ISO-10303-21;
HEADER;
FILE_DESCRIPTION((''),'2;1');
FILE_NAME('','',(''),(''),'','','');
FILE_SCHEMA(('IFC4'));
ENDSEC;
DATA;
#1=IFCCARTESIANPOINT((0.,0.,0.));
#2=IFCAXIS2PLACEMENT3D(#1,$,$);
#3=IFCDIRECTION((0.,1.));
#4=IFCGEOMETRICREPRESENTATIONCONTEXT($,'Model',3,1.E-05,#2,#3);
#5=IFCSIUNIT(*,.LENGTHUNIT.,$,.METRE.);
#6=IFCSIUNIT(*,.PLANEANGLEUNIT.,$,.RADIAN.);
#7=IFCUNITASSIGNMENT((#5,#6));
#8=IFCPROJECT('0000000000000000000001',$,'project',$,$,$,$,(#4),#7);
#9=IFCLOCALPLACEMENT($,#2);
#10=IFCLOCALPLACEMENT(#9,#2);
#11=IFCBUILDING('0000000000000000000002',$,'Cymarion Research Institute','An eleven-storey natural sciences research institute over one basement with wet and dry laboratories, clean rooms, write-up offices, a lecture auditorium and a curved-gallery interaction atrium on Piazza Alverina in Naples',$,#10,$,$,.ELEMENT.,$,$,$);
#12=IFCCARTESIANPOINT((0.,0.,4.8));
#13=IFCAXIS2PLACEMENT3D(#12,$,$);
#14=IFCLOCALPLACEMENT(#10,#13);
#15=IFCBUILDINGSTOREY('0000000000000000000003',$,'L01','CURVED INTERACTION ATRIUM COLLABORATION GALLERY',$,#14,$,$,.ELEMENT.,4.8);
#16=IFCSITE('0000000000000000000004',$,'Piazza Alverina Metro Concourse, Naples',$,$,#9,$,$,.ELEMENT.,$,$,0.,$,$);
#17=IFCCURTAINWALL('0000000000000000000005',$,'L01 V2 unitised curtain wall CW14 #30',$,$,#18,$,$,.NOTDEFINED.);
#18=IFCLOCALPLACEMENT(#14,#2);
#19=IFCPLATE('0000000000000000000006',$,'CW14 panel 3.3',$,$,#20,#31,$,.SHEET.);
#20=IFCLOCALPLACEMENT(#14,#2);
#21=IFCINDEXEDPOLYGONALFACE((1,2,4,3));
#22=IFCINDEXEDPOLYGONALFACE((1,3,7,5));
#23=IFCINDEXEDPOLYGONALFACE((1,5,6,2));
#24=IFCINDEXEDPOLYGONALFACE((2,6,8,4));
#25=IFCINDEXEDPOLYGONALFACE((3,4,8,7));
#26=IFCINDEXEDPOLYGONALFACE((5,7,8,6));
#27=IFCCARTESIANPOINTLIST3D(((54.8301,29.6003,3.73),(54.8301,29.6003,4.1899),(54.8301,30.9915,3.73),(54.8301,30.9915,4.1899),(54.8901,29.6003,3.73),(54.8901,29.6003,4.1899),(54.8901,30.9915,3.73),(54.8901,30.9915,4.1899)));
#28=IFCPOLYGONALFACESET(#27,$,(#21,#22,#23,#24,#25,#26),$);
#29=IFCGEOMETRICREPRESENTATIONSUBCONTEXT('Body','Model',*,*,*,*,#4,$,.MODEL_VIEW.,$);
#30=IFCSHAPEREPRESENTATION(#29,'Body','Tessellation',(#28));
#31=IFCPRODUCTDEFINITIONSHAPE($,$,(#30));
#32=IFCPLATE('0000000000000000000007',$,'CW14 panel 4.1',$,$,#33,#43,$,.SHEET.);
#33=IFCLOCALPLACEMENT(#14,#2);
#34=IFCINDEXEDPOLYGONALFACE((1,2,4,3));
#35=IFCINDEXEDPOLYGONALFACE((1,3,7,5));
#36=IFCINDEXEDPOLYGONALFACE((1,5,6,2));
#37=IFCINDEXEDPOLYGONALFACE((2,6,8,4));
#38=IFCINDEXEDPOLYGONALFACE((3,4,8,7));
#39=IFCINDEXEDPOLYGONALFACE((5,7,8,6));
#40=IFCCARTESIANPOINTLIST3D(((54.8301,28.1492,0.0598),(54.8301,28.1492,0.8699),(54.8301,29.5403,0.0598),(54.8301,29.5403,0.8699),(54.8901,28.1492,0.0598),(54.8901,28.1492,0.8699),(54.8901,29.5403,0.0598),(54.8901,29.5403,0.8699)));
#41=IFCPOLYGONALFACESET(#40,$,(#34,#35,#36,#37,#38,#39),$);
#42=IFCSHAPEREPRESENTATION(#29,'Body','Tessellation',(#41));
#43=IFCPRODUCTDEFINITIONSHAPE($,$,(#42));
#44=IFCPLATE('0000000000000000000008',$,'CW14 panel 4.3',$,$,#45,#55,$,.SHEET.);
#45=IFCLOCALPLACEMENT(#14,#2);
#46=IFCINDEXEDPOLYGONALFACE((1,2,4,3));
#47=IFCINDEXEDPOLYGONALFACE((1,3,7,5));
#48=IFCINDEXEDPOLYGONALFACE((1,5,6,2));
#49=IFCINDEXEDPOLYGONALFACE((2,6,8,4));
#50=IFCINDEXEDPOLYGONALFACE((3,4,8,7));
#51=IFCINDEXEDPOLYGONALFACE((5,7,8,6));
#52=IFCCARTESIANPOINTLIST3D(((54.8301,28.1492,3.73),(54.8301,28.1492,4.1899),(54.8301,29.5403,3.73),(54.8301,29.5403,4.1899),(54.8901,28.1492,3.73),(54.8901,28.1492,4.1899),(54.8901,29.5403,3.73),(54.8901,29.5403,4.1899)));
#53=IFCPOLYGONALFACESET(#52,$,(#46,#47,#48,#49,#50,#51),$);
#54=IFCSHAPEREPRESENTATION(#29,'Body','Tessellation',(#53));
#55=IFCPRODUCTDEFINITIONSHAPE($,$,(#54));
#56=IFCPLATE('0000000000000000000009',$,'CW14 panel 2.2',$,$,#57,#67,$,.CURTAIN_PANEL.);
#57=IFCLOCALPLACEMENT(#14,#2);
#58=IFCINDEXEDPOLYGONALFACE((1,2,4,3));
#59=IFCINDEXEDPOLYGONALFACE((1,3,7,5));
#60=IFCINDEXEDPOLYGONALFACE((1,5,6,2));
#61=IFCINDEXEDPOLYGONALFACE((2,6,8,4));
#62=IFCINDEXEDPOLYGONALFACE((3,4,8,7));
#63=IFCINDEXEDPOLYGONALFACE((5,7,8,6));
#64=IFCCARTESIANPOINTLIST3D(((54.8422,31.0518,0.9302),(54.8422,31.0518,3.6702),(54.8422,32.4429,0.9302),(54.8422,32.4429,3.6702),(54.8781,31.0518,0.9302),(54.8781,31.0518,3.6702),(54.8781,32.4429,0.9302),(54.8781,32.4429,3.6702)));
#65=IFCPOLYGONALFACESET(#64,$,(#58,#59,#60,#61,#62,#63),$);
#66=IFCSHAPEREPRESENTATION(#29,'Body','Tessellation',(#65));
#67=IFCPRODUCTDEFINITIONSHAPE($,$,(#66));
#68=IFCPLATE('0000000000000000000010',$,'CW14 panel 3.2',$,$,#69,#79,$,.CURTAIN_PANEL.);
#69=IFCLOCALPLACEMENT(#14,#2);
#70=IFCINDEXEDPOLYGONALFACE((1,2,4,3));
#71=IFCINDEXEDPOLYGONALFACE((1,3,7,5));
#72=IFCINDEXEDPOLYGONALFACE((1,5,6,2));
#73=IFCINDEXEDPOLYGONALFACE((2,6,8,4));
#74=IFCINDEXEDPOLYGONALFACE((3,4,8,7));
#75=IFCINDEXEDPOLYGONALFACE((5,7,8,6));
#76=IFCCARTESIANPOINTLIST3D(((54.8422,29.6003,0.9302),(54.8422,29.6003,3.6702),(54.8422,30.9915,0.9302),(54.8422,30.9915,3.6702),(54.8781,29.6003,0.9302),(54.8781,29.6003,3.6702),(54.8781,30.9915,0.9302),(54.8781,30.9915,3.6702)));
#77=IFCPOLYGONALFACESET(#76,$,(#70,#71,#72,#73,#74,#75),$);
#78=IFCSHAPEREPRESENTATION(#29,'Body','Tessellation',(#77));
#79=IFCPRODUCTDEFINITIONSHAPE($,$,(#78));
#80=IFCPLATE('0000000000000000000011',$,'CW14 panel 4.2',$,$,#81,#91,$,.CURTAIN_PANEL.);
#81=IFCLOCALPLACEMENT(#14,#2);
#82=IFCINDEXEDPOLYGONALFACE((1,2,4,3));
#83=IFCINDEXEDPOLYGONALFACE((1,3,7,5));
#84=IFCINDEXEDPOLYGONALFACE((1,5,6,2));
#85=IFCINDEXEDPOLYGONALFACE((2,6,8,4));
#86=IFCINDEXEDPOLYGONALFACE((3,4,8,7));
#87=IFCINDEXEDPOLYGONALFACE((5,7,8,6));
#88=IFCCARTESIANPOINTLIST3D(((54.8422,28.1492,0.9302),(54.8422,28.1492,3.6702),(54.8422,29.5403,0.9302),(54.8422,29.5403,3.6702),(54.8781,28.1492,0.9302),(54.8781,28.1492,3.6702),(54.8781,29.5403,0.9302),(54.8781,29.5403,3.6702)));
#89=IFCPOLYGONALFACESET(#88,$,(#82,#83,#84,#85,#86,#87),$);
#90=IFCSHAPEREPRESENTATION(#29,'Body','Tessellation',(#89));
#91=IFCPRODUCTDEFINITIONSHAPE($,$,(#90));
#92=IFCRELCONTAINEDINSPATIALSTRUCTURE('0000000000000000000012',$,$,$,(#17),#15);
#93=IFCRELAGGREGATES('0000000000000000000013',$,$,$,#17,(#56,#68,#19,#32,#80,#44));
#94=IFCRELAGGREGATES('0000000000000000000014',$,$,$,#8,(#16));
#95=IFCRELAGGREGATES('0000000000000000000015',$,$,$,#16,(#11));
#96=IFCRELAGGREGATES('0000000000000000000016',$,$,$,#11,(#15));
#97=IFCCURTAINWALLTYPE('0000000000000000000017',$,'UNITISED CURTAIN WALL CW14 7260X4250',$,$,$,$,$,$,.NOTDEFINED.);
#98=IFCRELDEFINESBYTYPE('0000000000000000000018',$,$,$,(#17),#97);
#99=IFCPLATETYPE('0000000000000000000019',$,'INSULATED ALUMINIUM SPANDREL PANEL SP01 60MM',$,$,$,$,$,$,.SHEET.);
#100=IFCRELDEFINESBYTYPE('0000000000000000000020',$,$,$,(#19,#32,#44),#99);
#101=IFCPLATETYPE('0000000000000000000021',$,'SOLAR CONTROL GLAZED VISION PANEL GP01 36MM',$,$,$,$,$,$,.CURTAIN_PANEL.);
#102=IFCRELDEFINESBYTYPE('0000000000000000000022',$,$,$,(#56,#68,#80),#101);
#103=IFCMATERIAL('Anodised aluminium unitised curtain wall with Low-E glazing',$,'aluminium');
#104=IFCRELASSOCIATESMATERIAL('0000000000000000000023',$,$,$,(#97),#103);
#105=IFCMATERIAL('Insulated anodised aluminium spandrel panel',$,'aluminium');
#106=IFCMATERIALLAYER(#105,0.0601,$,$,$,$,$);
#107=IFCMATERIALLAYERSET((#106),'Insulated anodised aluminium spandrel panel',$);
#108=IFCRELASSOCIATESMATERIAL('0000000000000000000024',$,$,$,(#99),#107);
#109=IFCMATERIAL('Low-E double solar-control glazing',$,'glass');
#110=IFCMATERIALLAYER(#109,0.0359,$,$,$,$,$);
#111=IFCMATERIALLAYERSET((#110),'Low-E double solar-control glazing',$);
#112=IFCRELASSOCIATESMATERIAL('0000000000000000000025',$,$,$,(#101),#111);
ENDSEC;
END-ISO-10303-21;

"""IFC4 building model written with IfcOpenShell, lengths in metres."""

from ifc_helpers import new_model, si_unit, direction, frame, origin, origin_2d, place, context, subcontext, project, spatial, rectangle, extrude, material, layer, layer_set, type_object, element, aggregate, save


model = new_model("IFC4")

# Units and contexts
model_context = context("Model", 3, precision=1e-05, world=origin(), true_north=direction((0.0, 1.0)))
body_context = subcontext(model_context, "Body", "Model", "MODEL_VIEW")
ifc_project = project(units=[si_unit("LENGTHUNIT", "METRE"), si_unit("PLANEANGLEUNIT", "RADIAN")], contexts=[model_context])

# Site, building, storey
site_placement = place(None, origin())
site = spatial("IfcSite", under=ifc_project, at=site_placement, Name="Piazza Alverina Metro Concourse, Naples", CompositionType="ELEMENT", RefElevation=0.0)
building_placement = place(site_placement, origin())
building = spatial("IfcBuilding", under=site, at=building_placement, Name="Cymarion Research Institute", Description="An eleven-storey natural sciences research institute over one basement with wet and dry laboratories, clean rooms, write-up offices, a lecture auditorium and a curved-gallery interaction atrium on Piazza Alverina in Naples", CompositionType="ELEMENT")
storey_placement = place(building_placement, frame((0.0, 0.0, 4.8)))
storey = spatial("IfcBuildingStorey", under=building, at=storey_placement, Name="L01", Description="CURVED INTERACTION ATRIUM COLLABORATION GALLERY", CompositionType="ELEMENT", Elevation=4.8)

# Curtain wall
ifc_material_1 = material(Name="Anodised aluminium unitised curtain wall with Low-E glazing", Category="aluminium")
curtain_wall_type = type_object("IfcCurtainWallType", Name="UNITISED CURTAIN WALL CW14 7260X4250", PredefinedType="NOTDEFINED", material=ifc_material_1)
curtain_wall_placement = place(storey_placement, origin())
curtain_wall = element("IfcCurtainWall", 1, at=curtain_wall_placement, inside=storey, type_object=curtain_wall_type, Name="L01 V2 unitised curtain wall CW14 #30", PredefinedType="NOTDEFINED")

# Plates
ifc_material_2 = material(Name="Insulated anodised aluminium spandrel panel", Category="aluminium")
ifc_layer_1 = layer(ifc_material_2, 0.0601)
ifc_layer_set_1 = layer_set([ifc_layer_1], Name="Insulated anodised aluminium spandrel panel")
plate_type_1 = type_object("IfcPlateType", Name="INSULATED ALUMINIUM SPANDREL PANEL SP01 60MM", PredefinedType="SHEET", material=ifc_layer_set_1)
plate_1_placement = place(storey_placement, frame((54.8601, 30.2959, 3.73), z_axis=(0.0, 0.0, 1.0), x_axis=(0.0, -1.0, 0.0)))
plate_1 = element("IfcPlate", 2, at=plate_1_placement, type_object=plate_type_1, Name="CW14 panel 3.3", PredefinedType="SHEET", context=body_context, shape_type="SweptSolid", body=[
    extrude(rectangle(XDim=1.3911, YDim=0.0601, at=origin_2d()), origin(), (0.0, 0.0, 1.0), 0.46),
])
plate_2_placement = place(storey_placement, frame((54.8601, 28.8447, 0.0598), z_axis=(0.0, 0.0, 1.0), x_axis=(0.0, -1.0, 0.0)))
plate_2 = element("IfcPlate", 3, at=plate_2_placement, type_object=plate_type_1, Name="CW14 panel 4.1", PredefinedType="SHEET", context=body_context, shape_type="SweptSolid", body=[
    extrude(rectangle(XDim=1.3911, YDim=0.0601, at=origin_2d()), origin(), (0.0, 0.0, 1.0), 0.8101),
])
plate_3_placement = place(storey_placement, frame((54.8601, 28.8447, 3.73), z_axis=(0.0, 0.0, 1.0), x_axis=(0.0, -1.0, 0.0)))
plate_3 = element("IfcPlate", 4, at=plate_3_placement, type_object=plate_type_1, Name="CW14 panel 4.3", PredefinedType="SHEET", context=body_context, shape_type="SweptSolid", body=[
    extrude(rectangle(XDim=1.3911, YDim=0.0601, at=origin_2d()), origin(), (0.0, 0.0, 1.0), 0.46),
])
ifc_material_3 = material(Name="Low-E double solar-control glazing", Category="glass")
ifc_layer_2 = layer(ifc_material_3, 0.0359)
ifc_layer_set_2 = layer_set([ifc_layer_2], Name="Low-E double solar-control glazing")
plate_type_2 = type_object("IfcPlateType", Name="SOLAR CONTROL GLAZED VISION PANEL GP01 36MM", PredefinedType="CURTAIN_PANEL", material=ifc_layer_set_2)
plate_4_placement = place(storey_placement, frame((54.8601, 31.7473, 0.9302), z_axis=(0.0, 0.0, 1.0), x_axis=(0.0, -1.0, 0.0)))
plate_4 = element("IfcPlate", 5, at=plate_4_placement, type_object=plate_type_2, Name="CW14 panel 2.2", PredefinedType="CURTAIN_PANEL", context=body_context, shape_type="SweptSolid", body=[
    extrude(rectangle(XDim=1.3911, YDim=0.0359, at=origin_2d()), origin(), (0.0, 0.0, 1.0), 2.74),
])
plate_5_placement = place(storey_placement, frame((54.8601, 30.2959, 0.9302), z_axis=(0.0, 0.0, 1.0), x_axis=(0.0, -1.0, 0.0)))
plate_5 = element("IfcPlate", 6, at=plate_5_placement, type_object=plate_type_2, Name="CW14 panel 3.2", PredefinedType="CURTAIN_PANEL", context=body_context, shape_type="SweptSolid", body=[
    extrude(rectangle(XDim=1.3911, YDim=0.0359, at=origin_2d()), origin(), (0.0, 0.0, 1.0), 2.74),
])
plate_6_placement = place(storey_placement, frame((54.8601, 28.8447, 0.9302), z_axis=(0.0, 0.0, 1.0), x_axis=(0.0, -1.0, 0.0)))
plate_6 = element("IfcPlate", 7, at=plate_6_placement, type_object=plate_type_2, Name="CW14 panel 4.2", PredefinedType="CURTAIN_PANEL", context=body_context, shape_type="SweptSolid", body=[
    extrude(rectangle(XDim=1.3911, YDim=0.0359, at=origin_2d()), origin(), (0.0, 0.0, 1.0), 2.74),
])
aggregate(curtain_wall, [plate_4, plate_5, plate_1, plate_2, plate_6, plate_3])

save(model, "model.ifc")
